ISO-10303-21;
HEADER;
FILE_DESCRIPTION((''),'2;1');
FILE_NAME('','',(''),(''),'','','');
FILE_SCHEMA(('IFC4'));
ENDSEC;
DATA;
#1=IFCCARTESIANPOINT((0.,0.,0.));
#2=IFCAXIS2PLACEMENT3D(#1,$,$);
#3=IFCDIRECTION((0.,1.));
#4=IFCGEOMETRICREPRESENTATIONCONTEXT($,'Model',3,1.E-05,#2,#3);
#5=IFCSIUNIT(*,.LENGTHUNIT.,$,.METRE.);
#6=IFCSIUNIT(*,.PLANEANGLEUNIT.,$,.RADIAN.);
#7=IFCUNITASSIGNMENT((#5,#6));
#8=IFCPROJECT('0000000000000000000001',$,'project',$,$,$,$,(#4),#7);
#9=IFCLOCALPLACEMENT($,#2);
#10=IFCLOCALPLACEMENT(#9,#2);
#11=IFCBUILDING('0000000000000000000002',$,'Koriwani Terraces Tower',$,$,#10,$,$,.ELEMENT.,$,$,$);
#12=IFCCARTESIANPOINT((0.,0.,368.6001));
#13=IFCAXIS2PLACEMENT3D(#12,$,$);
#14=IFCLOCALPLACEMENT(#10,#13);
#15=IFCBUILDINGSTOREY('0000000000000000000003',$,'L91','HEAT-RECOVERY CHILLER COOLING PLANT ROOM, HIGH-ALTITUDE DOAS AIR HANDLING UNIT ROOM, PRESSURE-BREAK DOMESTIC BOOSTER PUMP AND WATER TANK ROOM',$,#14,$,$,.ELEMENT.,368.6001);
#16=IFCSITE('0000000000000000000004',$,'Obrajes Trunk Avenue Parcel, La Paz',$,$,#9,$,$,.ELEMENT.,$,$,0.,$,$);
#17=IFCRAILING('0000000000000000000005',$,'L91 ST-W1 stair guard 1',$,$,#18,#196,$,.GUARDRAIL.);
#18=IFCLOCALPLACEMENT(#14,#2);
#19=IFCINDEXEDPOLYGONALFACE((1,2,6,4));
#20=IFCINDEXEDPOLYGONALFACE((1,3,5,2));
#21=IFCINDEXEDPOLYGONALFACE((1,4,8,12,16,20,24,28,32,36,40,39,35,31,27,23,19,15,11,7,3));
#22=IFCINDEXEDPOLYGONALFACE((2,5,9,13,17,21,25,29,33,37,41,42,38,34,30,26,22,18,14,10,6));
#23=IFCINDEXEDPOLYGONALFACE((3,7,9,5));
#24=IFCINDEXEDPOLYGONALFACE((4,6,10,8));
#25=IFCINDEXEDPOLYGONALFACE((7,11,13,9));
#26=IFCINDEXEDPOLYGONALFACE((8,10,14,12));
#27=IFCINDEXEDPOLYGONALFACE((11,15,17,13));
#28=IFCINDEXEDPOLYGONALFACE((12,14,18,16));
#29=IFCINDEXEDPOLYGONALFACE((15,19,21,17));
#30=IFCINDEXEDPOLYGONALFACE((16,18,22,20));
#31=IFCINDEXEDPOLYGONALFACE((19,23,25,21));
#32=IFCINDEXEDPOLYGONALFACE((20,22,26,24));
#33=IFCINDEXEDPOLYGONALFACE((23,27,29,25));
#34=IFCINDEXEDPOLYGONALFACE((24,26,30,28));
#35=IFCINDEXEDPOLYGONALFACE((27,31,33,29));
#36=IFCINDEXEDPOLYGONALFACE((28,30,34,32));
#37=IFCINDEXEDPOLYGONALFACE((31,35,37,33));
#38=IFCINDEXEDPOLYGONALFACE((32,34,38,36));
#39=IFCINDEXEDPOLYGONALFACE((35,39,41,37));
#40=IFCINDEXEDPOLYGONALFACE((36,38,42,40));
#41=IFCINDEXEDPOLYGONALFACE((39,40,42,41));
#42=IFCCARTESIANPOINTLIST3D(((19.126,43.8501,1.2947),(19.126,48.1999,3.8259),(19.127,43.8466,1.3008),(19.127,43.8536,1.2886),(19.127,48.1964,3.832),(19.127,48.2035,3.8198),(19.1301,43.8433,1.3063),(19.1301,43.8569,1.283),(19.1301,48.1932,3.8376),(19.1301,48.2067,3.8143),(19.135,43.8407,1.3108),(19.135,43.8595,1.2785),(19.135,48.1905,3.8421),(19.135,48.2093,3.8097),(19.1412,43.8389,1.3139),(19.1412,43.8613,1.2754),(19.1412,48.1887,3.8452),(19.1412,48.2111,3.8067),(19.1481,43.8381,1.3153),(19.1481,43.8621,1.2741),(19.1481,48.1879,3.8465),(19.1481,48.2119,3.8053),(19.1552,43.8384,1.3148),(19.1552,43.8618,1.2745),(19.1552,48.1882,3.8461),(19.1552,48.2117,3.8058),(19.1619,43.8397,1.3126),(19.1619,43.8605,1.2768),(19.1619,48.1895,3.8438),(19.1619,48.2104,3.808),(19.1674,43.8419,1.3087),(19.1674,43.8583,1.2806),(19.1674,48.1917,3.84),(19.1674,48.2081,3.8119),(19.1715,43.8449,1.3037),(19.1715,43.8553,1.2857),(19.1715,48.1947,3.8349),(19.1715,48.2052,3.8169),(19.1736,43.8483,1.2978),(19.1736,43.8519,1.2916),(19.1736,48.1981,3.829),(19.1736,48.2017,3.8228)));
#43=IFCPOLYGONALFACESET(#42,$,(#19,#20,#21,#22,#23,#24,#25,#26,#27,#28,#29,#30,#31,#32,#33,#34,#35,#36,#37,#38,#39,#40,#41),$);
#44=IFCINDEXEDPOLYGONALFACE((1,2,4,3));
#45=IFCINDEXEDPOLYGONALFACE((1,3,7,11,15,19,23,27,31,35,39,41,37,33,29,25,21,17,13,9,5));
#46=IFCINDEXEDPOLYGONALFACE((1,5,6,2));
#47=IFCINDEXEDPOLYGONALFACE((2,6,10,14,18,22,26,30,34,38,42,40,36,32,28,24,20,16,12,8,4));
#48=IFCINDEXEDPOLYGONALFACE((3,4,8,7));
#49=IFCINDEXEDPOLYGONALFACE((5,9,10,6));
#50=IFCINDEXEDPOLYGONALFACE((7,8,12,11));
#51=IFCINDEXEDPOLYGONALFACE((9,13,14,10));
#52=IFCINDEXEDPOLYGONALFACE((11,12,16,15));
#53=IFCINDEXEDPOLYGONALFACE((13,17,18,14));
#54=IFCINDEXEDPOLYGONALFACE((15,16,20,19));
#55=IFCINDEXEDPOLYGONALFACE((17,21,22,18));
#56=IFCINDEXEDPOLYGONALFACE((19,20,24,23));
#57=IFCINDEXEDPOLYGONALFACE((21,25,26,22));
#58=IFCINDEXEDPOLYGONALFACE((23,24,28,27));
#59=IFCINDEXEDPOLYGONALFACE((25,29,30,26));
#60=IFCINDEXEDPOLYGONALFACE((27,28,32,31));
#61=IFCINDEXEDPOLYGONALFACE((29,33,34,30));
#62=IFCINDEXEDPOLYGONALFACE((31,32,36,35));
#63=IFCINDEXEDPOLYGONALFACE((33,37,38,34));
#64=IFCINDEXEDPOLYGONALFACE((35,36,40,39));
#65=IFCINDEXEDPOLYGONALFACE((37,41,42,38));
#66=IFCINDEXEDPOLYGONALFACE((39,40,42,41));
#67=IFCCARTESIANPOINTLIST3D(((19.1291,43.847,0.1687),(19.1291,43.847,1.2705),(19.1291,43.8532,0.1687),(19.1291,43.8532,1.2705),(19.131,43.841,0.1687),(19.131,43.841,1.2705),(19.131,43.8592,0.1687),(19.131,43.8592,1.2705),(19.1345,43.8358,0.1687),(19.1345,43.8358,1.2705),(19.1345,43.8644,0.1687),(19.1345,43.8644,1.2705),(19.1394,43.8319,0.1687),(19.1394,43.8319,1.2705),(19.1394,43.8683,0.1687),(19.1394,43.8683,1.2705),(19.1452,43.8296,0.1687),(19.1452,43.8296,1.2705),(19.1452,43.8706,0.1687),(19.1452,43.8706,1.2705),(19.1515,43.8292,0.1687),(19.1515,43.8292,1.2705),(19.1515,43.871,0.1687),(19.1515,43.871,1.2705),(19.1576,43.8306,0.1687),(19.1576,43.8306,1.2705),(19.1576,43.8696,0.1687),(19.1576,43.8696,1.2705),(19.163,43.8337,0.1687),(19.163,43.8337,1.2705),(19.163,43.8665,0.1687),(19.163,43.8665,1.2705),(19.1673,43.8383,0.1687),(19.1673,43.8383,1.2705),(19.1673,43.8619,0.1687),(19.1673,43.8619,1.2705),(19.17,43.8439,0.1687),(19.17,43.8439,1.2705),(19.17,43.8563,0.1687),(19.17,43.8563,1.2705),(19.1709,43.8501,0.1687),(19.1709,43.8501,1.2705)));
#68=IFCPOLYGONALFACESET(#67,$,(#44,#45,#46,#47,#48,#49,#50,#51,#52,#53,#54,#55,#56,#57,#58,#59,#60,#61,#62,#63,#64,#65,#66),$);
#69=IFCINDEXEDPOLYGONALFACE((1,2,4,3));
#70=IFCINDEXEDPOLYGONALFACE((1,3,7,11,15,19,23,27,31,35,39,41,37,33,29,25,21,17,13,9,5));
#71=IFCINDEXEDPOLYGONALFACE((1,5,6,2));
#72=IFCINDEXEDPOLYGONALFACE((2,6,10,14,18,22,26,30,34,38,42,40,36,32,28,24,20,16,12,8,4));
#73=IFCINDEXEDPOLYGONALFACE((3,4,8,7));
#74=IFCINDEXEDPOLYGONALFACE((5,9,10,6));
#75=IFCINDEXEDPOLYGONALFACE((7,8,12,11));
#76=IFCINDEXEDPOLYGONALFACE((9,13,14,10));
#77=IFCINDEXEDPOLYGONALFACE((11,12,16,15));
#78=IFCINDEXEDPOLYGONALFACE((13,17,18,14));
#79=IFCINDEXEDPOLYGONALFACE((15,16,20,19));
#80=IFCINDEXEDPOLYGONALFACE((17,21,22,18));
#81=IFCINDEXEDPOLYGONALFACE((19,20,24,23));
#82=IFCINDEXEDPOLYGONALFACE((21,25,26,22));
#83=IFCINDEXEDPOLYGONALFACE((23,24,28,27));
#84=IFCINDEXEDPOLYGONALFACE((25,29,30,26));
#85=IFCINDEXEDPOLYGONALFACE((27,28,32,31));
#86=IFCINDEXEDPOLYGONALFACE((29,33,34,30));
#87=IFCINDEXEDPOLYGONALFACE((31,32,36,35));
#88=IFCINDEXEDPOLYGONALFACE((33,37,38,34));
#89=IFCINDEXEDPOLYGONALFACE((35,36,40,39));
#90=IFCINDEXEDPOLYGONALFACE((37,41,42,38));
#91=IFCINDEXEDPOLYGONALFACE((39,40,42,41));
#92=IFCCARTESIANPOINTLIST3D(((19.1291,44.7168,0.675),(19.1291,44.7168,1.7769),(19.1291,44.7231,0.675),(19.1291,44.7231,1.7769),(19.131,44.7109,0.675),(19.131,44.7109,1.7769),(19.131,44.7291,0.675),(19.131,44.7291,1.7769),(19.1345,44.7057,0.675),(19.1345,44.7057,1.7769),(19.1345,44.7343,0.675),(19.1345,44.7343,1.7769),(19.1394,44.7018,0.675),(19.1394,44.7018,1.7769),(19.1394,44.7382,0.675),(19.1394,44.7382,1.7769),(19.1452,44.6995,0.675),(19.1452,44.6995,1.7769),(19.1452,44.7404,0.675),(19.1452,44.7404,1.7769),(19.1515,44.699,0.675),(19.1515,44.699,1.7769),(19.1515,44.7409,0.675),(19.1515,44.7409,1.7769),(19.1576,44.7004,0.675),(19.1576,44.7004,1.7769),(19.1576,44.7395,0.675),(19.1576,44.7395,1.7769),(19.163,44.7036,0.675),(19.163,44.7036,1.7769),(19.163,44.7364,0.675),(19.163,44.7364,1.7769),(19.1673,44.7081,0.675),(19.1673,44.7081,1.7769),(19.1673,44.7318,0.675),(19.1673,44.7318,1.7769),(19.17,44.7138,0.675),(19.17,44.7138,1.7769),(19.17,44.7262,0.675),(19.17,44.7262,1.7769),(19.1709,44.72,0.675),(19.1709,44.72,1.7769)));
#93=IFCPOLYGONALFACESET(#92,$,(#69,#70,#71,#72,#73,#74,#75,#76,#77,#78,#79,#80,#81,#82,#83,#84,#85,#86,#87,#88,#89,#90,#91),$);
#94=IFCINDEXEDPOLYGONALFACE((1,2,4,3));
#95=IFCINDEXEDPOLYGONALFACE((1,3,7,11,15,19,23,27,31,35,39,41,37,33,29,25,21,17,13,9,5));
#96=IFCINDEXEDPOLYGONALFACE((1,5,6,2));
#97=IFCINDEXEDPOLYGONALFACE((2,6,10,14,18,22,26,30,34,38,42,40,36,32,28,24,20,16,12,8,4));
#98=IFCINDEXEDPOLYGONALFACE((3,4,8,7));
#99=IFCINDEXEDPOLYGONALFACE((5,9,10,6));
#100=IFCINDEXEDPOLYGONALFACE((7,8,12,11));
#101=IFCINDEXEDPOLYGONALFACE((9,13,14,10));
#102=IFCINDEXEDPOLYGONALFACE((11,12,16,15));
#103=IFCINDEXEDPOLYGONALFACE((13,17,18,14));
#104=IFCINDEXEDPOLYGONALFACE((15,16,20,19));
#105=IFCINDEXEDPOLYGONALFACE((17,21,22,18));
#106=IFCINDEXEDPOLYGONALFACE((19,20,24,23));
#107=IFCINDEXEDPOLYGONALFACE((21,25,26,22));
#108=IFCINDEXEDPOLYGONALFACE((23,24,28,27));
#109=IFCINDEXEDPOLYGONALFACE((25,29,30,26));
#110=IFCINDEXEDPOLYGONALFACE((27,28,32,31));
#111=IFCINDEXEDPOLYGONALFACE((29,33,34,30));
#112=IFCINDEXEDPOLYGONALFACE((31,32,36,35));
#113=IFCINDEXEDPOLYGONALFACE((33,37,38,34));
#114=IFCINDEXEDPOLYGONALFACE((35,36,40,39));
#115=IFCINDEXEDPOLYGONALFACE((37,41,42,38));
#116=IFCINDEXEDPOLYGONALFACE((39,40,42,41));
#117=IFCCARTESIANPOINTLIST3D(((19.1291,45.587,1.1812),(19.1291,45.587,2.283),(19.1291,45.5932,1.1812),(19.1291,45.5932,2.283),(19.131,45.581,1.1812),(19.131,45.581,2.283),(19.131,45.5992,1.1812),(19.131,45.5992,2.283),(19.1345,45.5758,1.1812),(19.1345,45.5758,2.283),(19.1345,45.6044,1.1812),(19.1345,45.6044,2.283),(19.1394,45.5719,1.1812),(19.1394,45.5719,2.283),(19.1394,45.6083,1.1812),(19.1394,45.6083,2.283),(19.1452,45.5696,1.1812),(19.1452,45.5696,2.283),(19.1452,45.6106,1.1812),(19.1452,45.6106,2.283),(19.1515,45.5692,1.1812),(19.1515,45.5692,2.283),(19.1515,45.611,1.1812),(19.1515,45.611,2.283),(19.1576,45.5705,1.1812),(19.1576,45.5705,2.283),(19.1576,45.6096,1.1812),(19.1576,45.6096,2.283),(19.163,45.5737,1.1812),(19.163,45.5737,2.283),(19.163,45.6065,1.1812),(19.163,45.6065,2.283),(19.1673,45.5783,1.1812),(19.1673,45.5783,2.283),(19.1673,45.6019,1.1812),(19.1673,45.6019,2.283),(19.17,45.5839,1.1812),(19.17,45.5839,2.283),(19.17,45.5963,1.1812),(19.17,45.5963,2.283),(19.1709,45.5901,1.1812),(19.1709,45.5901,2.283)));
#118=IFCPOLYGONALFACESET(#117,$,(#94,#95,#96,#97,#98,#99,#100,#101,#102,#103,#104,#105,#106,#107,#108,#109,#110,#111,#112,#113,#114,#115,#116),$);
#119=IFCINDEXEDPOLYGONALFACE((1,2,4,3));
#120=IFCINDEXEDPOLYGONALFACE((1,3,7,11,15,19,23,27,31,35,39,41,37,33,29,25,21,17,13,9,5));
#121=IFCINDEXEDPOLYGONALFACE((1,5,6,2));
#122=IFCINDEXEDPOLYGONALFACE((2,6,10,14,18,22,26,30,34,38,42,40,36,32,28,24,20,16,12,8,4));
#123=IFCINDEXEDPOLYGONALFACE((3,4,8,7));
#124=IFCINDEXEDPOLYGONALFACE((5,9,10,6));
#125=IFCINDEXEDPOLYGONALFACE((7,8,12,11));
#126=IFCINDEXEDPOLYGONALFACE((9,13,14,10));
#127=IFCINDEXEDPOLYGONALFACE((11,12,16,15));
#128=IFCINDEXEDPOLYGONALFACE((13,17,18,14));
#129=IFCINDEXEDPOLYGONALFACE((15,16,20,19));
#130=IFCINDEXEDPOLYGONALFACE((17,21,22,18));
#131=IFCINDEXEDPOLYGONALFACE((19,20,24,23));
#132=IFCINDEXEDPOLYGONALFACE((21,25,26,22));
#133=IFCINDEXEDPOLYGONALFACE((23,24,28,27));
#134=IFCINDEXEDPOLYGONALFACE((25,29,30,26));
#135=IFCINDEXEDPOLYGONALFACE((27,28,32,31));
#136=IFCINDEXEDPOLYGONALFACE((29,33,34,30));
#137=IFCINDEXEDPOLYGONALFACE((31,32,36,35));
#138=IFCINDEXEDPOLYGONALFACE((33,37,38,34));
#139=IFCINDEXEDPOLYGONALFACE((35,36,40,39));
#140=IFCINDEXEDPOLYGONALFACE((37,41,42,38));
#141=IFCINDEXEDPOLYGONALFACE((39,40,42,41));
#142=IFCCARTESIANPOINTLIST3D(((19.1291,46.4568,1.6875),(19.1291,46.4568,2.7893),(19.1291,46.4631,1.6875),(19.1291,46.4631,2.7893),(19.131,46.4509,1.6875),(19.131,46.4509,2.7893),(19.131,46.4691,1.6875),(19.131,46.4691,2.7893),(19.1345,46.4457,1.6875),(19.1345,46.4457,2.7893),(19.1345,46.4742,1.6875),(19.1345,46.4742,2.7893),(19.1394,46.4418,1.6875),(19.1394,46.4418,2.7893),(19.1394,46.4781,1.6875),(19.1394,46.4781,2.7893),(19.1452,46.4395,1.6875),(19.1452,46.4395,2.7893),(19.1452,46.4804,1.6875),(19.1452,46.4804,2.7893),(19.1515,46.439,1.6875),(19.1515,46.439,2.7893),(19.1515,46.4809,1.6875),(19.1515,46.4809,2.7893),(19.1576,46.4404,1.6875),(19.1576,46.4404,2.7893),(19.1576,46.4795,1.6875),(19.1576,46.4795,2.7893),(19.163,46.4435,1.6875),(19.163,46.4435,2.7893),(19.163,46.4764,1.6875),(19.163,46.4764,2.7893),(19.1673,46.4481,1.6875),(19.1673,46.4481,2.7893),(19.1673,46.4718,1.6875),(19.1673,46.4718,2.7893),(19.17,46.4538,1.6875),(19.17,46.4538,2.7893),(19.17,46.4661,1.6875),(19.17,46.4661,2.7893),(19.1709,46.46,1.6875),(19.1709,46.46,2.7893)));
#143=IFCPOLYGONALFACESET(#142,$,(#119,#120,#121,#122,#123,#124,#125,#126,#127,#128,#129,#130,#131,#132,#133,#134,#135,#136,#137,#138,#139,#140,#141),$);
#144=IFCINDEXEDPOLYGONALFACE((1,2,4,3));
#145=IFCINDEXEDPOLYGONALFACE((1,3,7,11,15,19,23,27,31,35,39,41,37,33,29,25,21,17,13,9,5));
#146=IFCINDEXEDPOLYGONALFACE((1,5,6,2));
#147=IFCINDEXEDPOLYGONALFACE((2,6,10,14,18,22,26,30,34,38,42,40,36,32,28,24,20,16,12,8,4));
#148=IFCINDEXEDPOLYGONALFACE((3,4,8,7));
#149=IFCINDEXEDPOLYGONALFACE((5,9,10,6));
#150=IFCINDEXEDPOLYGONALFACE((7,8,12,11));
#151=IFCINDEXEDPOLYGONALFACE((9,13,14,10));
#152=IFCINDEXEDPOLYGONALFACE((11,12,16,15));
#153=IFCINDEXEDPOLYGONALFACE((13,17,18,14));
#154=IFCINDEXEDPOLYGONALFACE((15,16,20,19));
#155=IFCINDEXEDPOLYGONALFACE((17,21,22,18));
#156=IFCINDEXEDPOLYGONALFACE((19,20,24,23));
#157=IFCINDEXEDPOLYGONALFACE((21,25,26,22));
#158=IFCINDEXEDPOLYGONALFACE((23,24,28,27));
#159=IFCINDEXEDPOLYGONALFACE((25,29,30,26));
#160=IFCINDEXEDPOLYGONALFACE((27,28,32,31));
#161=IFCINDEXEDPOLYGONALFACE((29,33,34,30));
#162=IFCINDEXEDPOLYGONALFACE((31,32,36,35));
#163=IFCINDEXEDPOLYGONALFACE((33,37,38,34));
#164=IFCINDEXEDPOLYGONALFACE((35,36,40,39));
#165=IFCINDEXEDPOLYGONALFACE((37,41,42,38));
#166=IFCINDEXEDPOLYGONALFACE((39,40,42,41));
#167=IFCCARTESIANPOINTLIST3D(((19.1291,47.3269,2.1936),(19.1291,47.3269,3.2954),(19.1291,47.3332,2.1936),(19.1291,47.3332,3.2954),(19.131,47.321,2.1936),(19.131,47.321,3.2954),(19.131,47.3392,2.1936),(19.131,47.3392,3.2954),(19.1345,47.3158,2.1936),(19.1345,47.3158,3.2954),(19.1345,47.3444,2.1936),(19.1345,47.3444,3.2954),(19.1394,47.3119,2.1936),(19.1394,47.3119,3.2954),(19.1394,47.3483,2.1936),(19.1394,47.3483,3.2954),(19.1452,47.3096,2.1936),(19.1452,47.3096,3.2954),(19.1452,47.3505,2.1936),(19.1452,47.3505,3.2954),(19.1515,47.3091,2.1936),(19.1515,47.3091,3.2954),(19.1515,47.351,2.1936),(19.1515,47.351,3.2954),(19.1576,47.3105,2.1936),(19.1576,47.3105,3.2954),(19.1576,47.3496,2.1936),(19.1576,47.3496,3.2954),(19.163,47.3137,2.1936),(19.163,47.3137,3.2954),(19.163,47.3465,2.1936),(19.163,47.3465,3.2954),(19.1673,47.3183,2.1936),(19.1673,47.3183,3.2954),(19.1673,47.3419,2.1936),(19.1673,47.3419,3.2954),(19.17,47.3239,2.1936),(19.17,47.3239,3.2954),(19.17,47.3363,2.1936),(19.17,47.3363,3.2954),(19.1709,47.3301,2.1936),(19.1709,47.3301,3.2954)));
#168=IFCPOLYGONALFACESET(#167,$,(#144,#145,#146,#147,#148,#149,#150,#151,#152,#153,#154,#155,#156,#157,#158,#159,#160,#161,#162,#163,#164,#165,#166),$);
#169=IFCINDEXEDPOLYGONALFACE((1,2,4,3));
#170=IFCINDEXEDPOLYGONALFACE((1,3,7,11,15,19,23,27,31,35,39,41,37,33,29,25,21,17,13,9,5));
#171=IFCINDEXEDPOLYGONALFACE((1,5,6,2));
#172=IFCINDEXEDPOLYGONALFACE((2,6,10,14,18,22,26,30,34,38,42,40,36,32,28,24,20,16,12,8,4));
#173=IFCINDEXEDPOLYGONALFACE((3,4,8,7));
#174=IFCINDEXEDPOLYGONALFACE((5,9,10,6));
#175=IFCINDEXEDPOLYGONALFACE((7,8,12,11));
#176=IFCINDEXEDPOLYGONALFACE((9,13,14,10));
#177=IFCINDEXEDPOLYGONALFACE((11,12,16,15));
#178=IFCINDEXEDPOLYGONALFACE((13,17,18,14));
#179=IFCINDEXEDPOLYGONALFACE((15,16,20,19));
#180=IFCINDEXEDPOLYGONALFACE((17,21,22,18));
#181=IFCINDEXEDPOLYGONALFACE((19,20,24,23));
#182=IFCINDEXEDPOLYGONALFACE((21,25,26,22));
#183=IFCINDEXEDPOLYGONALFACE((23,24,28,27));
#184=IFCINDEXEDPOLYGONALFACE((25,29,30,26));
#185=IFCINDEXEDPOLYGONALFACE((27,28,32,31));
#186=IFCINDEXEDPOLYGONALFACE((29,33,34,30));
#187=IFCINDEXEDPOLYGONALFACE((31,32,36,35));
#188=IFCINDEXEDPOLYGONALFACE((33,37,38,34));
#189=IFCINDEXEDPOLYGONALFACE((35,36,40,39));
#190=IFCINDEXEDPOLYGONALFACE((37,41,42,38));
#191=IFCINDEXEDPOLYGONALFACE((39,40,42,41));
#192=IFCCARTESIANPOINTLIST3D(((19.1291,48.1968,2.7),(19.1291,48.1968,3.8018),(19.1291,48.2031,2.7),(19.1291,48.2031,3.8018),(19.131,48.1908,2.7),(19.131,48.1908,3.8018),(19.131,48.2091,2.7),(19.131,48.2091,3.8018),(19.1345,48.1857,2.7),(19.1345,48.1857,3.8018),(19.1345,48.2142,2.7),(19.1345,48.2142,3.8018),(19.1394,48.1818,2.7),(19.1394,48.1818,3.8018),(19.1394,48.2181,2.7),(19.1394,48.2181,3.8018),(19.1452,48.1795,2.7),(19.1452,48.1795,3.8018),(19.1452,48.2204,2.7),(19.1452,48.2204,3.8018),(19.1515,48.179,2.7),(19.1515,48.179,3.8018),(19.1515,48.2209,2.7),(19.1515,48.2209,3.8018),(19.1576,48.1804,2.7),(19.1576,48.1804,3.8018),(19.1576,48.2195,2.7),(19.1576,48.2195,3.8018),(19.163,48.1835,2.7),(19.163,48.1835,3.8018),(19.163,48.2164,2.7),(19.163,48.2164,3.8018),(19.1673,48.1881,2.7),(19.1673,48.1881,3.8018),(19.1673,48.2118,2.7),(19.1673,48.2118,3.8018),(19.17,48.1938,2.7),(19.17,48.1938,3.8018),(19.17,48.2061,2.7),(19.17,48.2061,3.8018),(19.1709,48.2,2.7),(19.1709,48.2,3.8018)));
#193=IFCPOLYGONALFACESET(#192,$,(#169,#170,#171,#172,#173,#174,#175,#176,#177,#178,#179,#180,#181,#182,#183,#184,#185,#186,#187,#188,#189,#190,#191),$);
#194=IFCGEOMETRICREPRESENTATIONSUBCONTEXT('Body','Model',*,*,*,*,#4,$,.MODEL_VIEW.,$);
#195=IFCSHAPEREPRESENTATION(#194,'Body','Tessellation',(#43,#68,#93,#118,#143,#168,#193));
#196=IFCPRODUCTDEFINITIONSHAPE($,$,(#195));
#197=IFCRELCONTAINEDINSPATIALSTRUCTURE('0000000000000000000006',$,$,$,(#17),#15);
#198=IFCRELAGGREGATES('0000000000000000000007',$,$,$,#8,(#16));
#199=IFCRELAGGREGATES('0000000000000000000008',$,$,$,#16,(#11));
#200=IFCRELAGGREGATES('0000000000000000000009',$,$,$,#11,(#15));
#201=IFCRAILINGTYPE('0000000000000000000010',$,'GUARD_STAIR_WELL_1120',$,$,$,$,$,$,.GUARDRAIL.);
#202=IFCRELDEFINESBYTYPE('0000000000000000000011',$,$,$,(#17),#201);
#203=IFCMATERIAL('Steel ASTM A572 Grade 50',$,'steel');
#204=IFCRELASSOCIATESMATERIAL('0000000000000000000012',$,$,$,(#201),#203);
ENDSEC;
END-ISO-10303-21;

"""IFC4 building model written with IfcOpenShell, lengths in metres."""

from ifc_helpers import new_model, si_unit, direction, frame, origin, origin_2d, place, context, subcontext, project, spatial, circle, extrude, material, type_object, element, save


model = new_model("IFC4")

# Units and contexts
model_context = context("Model", 3, precision=1e-05, world=origin(), true_north=direction((0.0, 1.0)))
body_context = subcontext(model_context, "Body", "Model", "MODEL_VIEW")
ifc_project = project(units=[si_unit("LENGTHUNIT", "METRE"), si_unit("PLANEANGLEUNIT", "RADIAN")], contexts=[model_context])

# Site, building, storey
site_placement = place(None, origin())
site = spatial("IfcSite", under=ifc_project, at=site_placement, Name="Obrajes Trunk Avenue Parcel, La Paz", CompositionType="ELEMENT", RefElevation=0.0)
building_placement = place(site_placement, origin())
building = spatial("IfcBuilding", under=site, at=building_placement, Name="Koriwani Terraces Tower", CompositionType="ELEMENT")
storey_placement = place(building_placement, frame((0.0, 0.0, 368.6001)))
storey = spatial("IfcBuildingStorey", under=building, at=storey_placement, Name="L91", Description="HEAT-RECOVERY CHILLER COOLING PLANT ROOM, HIGH-ALTITUDE DOAS AIR HANDLING UNIT ROOM, PRESSURE-BREAK DOMESTIC BOOSTER PUMP AND WATER TANK ROOM", CompositionType="ELEMENT", Elevation=368.6001)

# Shared definitions
ifc_material_1 = material(Name="Steel ASTM A572 Grade 50", Category="steel")

# Railing
railing_type_1 = type_object("IfcRailingType", Name="GUARD_STAIR_WELL_1120", PredefinedType="GUARDRAIL", material=ifc_material_1)
railing_1_placement = place(storey_placement, frame((19.1499, 43.8501, 0.1687)))
element("IfcRailing", 1, at=railing_1_placement, inside=storey, type_object=railing_type_1, Name="L91 ST-W1 stair guard 1", PredefinedType="GUARDRAIL", context=body_context, shape_type="SweptSolid", body=[
    extrude(circle(Radius=0.0239, at=origin_2d()), frame((0.0, 0.0, 1.126), z_axis=(0.0, 0.864312, 0.502957), x_axis=(-1.0, 0.0, 0.0)), (0.0, 0.0, 1.0), 5.0327),
    extrude(circle(Radius=0.021, at=origin_2d()), origin(), (0.0, 0.0, 1.0), 1.1018),
    extrude(circle(Radius=0.021, at=origin_2d()), frame((0.0, 0.8699, 0.5063)), (0.0, 0.0, 1.0), 1.1018),
    extrude(circle(Radius=0.021, at=origin_2d()), frame((0.0, 1.74, 1.0125)), (0.0, 0.0, 1.0), 1.1018),
    extrude(circle(Radius=0.021, at=origin_2d()), frame((0.0, 2.6099, 1.5188)), (0.0, 0.0, 1.0), 1.1018),
    extrude(circle(Radius=0.021, at=origin_2d()), frame((0.0, 3.48, 2.0249)), (0.0, 0.0, 1.0), 1.1018),
    extrude(circle(Radius=0.021, at=origin_2d()), frame((0.0, 4.3499, 2.5312)), (0.0, 0.0, 1.0), 1.1018),
])

save(model, "model.ifc")
